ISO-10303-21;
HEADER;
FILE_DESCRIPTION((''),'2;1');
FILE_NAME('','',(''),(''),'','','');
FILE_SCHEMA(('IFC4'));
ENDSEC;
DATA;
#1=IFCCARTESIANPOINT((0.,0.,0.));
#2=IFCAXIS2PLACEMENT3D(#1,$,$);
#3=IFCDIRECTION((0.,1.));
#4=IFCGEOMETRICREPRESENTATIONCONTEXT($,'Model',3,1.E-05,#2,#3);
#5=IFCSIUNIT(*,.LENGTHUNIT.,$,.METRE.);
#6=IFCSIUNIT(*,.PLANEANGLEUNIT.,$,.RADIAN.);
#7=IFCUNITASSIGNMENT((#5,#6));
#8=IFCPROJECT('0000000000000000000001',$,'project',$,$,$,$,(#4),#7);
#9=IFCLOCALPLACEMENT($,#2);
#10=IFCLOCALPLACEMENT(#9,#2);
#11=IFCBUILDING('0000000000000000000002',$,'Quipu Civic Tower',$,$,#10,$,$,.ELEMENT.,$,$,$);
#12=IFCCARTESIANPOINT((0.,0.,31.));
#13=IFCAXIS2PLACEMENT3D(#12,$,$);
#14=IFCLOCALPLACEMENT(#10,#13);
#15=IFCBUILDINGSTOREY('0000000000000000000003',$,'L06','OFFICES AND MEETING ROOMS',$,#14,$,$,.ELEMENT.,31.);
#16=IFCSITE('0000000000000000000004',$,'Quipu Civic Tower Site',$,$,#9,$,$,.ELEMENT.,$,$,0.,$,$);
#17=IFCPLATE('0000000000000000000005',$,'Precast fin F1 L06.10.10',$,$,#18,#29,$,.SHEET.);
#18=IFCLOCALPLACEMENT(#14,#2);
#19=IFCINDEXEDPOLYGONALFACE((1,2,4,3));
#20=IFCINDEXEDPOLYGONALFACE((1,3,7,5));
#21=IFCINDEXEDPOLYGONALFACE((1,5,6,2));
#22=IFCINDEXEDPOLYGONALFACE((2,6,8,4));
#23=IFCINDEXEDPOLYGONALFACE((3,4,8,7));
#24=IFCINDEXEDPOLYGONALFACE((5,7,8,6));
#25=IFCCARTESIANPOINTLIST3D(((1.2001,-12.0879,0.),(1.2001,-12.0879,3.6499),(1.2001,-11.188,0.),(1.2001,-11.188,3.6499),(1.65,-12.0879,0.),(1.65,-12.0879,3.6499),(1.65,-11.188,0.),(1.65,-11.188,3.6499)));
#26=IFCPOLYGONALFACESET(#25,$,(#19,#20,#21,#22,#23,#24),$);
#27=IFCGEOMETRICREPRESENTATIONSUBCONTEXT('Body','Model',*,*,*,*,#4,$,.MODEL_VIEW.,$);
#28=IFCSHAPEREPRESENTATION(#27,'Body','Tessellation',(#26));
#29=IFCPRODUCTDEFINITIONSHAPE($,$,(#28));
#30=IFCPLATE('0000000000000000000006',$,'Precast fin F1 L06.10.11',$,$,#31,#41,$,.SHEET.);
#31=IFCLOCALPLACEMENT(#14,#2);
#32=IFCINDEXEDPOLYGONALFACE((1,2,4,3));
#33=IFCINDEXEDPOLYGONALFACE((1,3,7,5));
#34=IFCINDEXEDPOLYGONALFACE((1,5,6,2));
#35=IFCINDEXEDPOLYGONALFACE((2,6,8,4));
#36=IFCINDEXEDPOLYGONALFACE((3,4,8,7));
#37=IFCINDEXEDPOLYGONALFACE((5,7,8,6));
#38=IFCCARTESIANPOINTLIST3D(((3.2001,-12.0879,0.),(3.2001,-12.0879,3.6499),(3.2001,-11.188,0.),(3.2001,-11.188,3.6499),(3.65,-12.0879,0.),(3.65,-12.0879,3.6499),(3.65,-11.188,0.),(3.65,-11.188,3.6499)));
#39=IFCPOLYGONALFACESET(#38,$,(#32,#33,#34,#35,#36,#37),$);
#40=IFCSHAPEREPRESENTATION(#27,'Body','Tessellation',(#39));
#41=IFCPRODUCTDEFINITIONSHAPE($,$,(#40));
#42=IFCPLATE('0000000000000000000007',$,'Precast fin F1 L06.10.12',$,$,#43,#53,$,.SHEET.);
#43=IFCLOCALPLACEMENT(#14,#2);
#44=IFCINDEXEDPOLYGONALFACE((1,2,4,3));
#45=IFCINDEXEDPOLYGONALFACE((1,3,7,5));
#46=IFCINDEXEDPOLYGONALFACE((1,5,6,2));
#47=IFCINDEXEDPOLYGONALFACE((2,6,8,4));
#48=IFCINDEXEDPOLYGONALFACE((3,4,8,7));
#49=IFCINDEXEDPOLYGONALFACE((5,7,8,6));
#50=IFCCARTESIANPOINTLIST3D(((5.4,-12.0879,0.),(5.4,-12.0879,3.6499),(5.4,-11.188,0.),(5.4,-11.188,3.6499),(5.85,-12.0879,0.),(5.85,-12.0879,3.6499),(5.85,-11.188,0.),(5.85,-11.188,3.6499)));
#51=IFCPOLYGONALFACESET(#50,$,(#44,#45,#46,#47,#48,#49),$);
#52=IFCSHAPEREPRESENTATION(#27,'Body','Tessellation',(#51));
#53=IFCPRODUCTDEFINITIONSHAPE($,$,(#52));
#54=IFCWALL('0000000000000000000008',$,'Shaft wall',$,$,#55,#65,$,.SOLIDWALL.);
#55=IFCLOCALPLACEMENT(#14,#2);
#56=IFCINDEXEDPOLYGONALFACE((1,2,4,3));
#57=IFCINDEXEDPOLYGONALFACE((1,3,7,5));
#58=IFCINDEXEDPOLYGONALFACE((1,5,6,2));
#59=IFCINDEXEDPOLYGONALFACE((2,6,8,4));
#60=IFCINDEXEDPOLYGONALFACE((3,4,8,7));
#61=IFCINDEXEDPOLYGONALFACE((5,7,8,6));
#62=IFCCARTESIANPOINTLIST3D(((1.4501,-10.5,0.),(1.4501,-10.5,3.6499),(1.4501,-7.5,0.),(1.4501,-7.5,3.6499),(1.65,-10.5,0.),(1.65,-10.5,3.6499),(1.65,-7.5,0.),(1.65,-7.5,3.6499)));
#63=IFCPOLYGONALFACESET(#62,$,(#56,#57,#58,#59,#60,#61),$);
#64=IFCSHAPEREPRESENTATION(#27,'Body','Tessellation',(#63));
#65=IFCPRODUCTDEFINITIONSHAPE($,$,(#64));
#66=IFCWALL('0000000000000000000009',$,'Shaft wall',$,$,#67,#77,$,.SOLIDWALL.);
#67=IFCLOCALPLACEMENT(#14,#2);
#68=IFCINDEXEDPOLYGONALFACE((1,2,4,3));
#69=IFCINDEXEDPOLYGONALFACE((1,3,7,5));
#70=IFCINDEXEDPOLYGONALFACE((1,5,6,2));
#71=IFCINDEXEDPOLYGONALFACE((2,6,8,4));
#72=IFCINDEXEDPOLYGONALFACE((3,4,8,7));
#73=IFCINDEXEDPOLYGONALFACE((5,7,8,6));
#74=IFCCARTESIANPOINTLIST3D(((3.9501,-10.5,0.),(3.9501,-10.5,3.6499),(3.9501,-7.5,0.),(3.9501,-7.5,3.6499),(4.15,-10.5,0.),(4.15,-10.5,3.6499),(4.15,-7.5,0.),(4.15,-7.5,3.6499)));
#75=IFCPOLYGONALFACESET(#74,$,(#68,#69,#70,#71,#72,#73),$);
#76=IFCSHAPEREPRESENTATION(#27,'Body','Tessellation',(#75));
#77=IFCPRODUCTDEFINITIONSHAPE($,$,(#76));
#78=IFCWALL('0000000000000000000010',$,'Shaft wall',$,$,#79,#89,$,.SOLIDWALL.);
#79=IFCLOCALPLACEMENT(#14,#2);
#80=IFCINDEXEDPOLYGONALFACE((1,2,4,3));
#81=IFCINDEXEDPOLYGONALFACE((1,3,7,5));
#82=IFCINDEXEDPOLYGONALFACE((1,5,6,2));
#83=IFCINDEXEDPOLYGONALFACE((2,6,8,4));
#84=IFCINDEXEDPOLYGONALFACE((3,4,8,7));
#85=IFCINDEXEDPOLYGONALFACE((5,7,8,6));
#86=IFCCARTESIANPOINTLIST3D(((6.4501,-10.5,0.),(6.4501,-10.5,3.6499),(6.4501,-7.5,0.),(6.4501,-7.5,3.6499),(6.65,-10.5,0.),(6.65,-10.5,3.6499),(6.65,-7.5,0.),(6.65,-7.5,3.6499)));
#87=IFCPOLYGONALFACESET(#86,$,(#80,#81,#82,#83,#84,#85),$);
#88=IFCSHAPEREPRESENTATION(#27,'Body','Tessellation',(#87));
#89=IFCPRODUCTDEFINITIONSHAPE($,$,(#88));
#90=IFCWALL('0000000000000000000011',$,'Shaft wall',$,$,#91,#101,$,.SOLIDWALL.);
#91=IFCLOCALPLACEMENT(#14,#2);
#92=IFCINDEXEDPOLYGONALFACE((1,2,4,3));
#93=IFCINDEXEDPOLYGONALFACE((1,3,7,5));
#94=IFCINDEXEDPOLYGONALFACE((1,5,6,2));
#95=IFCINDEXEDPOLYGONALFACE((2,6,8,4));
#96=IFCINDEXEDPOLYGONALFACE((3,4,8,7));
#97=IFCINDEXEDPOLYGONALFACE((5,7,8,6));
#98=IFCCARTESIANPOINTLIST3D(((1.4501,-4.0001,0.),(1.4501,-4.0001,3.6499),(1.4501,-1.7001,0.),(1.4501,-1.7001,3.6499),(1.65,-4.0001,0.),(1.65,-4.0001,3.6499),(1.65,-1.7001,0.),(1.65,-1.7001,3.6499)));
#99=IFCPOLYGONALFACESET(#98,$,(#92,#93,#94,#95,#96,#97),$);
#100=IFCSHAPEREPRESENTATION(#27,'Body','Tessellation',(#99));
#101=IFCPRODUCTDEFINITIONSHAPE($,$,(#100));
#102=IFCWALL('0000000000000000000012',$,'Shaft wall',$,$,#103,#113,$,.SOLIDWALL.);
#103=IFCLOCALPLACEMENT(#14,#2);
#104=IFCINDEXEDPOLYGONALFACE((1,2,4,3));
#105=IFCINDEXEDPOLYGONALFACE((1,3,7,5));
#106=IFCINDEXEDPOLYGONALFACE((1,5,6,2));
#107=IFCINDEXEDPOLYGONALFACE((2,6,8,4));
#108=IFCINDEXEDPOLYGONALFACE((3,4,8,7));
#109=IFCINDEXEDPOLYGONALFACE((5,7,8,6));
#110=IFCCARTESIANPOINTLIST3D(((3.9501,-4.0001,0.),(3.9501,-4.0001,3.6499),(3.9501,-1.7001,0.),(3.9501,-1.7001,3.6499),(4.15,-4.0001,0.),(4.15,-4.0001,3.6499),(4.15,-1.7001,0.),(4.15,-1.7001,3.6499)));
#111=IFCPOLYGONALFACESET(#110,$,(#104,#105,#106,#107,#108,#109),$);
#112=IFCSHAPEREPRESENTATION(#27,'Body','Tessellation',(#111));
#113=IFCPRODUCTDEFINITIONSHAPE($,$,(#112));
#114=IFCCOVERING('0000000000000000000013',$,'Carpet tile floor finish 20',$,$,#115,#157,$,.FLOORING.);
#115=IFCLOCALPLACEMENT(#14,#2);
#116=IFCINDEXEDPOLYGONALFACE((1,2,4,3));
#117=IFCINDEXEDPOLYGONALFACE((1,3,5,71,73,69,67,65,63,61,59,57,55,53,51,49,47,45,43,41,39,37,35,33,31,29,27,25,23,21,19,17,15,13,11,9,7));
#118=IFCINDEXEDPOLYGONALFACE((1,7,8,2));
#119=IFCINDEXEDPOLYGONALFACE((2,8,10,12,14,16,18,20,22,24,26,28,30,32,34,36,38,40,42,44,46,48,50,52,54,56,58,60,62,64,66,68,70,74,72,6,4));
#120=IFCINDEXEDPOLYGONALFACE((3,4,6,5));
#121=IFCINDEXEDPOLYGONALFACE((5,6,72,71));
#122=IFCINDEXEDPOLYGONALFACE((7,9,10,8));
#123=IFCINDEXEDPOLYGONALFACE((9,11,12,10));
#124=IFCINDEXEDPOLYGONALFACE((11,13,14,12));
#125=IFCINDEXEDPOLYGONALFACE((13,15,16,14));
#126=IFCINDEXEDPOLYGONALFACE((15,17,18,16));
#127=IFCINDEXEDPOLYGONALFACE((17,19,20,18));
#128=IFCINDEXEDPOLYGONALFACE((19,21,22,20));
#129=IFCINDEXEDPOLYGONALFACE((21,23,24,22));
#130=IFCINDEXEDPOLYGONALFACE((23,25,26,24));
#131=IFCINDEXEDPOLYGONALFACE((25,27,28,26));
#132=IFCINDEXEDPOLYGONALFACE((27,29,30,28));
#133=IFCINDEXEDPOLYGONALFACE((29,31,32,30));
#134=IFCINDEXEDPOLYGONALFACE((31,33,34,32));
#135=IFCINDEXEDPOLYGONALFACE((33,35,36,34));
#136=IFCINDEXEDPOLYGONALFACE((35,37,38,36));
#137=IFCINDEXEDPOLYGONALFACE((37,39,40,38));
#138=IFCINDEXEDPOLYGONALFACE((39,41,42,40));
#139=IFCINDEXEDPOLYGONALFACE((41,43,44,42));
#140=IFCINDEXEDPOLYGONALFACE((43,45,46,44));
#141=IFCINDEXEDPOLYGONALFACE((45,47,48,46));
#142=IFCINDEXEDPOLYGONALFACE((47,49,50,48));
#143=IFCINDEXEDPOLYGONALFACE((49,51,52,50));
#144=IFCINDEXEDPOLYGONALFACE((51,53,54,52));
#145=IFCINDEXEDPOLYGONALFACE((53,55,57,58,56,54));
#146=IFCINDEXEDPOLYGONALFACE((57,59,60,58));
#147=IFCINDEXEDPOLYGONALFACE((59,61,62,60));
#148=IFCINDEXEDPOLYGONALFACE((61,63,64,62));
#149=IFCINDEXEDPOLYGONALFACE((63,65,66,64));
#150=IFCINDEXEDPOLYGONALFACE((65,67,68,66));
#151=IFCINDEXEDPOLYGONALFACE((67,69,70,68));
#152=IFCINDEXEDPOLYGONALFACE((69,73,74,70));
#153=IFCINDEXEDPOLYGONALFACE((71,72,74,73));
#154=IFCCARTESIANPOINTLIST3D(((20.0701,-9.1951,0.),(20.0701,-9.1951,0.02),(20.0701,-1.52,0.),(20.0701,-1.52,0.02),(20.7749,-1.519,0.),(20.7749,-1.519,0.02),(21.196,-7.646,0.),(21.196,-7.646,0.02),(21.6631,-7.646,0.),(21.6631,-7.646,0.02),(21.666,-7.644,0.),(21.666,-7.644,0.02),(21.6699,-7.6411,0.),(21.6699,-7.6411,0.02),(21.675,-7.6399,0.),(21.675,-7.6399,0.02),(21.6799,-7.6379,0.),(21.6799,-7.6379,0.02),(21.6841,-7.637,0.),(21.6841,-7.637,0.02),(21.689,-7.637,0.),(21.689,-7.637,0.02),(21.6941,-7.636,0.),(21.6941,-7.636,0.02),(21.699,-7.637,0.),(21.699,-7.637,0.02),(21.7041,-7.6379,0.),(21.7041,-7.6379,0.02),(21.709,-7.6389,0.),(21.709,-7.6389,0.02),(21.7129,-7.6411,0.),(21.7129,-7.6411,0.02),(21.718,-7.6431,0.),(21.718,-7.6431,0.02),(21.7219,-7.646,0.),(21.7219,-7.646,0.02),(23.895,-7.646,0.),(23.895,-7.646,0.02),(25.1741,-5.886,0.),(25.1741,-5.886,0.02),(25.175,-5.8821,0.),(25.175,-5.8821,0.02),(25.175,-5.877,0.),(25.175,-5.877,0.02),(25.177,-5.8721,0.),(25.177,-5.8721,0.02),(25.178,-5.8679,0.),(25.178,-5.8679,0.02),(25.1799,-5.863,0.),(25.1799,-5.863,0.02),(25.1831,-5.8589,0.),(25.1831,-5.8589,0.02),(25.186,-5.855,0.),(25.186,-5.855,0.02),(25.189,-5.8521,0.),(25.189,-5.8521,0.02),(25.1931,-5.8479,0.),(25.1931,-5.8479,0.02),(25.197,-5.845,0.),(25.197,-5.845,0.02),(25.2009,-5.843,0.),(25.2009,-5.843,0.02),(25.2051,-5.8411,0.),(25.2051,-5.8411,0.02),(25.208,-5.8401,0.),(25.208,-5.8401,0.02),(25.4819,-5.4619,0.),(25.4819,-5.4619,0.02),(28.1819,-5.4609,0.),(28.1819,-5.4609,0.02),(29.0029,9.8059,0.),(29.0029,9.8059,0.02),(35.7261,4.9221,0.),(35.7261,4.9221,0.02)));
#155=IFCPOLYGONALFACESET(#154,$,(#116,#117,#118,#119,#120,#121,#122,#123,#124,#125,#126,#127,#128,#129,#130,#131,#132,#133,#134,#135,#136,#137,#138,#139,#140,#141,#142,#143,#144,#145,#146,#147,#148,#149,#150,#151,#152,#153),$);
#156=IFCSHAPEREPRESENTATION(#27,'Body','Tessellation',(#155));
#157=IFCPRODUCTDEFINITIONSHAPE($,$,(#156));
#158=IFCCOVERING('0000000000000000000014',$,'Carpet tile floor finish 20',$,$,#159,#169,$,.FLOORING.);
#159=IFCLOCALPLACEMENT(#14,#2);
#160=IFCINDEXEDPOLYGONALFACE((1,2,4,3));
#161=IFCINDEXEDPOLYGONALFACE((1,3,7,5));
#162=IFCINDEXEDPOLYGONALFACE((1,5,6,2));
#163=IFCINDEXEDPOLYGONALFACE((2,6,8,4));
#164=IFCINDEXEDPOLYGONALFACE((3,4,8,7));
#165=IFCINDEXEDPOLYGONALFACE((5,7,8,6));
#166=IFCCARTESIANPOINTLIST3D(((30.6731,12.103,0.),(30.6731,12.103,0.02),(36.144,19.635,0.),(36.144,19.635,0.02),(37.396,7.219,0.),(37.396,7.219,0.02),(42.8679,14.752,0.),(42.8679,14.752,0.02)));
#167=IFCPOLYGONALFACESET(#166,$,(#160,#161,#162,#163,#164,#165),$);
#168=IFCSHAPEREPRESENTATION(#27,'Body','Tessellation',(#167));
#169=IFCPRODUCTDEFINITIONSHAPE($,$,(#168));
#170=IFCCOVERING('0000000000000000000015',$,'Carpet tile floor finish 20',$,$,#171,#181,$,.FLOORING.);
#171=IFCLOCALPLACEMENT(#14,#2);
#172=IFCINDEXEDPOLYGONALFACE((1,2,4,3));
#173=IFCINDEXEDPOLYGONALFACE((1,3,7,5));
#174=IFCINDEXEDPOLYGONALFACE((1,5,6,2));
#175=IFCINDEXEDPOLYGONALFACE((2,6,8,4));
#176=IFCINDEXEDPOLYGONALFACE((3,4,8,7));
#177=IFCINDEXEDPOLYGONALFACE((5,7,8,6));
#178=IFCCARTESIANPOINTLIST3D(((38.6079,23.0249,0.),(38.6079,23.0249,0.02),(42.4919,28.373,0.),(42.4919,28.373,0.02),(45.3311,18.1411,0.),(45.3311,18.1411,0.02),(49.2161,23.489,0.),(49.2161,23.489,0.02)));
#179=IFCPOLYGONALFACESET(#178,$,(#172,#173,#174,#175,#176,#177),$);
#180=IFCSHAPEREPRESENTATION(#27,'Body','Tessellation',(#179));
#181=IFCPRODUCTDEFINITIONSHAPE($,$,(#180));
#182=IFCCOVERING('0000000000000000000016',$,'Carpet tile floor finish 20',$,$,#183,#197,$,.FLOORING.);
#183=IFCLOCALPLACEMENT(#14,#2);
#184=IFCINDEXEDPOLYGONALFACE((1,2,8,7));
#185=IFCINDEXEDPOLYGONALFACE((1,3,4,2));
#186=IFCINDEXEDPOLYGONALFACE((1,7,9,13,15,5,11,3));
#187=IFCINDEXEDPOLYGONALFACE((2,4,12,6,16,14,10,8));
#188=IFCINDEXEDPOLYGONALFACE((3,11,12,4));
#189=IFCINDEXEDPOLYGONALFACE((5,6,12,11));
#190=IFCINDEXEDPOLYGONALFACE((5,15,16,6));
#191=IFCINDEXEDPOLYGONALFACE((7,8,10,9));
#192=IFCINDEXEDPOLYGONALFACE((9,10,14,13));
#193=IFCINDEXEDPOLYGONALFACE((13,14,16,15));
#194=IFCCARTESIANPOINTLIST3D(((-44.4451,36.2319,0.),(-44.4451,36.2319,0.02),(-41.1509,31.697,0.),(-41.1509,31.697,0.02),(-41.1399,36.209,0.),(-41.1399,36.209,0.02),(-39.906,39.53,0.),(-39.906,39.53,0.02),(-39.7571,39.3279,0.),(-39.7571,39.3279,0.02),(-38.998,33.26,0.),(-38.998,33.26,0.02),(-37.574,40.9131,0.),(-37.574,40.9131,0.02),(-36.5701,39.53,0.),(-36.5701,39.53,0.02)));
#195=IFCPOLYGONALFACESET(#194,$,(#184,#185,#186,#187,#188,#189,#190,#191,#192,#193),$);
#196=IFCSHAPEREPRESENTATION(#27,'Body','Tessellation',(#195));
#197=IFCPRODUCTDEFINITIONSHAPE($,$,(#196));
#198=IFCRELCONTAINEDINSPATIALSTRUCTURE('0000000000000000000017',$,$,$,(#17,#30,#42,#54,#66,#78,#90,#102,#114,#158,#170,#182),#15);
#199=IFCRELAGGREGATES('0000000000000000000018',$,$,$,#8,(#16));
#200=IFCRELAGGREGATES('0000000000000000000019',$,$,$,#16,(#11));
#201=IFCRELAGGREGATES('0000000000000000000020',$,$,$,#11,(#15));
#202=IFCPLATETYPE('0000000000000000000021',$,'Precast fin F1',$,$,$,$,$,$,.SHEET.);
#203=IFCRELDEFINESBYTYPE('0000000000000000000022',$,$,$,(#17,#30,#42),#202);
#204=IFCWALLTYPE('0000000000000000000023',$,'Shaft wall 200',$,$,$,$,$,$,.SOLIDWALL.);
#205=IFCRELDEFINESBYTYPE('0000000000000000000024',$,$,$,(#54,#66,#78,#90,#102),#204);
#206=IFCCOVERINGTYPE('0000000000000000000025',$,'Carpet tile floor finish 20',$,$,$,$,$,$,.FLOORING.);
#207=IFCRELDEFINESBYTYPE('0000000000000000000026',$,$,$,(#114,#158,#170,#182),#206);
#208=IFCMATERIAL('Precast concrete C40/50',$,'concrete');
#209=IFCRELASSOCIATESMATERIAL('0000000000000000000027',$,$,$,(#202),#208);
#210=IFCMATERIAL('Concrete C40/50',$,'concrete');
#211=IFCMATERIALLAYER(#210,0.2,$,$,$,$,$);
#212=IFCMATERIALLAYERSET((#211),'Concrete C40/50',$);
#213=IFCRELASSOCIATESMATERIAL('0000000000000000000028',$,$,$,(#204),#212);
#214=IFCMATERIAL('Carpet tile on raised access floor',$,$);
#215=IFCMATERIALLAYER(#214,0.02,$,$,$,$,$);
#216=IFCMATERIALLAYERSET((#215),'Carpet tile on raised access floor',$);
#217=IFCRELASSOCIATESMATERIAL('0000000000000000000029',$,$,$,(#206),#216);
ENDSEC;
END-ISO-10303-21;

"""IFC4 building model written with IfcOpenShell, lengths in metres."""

from ifc_helpers import new_model, si_unit, direction, frame, frame_2d, origin, origin_2d, place, context, subcontext, project, spatial, polyline, rectangle, outline, extrude, material, layer, layer_set, type_object, element, save


model = new_model("IFC4")

# Units and contexts
model_context = context("Model", 3, precision=1e-05, world=origin(), true_north=direction((0.0, 1.0)))
body_context = subcontext(model_context, "Body", "Model", "MODEL_VIEW")
ifc_project = project(units=[si_unit("LENGTHUNIT", "METRE"), si_unit("PLANEANGLEUNIT", "RADIAN")], contexts=[model_context])

# Site, building, storey
site_placement = place(None, origin())
site = spatial("IfcSite", under=ifc_project, at=site_placement, Name="Quipu Civic Tower Site", CompositionType="ELEMENT", RefElevation=0.0)
building_placement = place(site_placement, origin())
building = spatial("IfcBuilding", under=site, at=building_placement, Name="Quipu Civic Tower", CompositionType="ELEMENT")
storey_placement = place(building_placement, frame((0.0, 0.0, 31.0)))
storey = spatial("IfcBuildingStorey", under=building, at=storey_placement, Name="L06", Description="OFFICES AND MEETING ROOMS", CompositionType="ELEMENT", Elevation=31.0)

# Plates
ifc_material_1 = material(Name="Precast concrete C40/50", Category="concrete")
plate_type = type_object("IfcPlateType", Name="Precast fin F1", PredefinedType="SHEET", material=ifc_material_1)
for number, where, z_axis, x_axis, name in (
    (1, (1.425, -11.6379, 0.0), (0.0, 0.0, 1.0), (1.0, 0.0, 0.0), "Precast fin F1 L06.10.10"),
    (2, (3.425, -11.6379, 0.0), (0.0, 0.0, 1.0), (1.0, 0.0, 0.0), "Precast fin F1 L06.10.11"),
    (3, (5.625, -11.6379, 0.0), (0.0, 0.0, 1.0), (1.0, 0.0, 0.0), "Precast fin F1 L06.10.12"),
):
    element("IfcPlate", number, at=place(storey_placement, frame(where, z_axis=z_axis, x_axis=x_axis)), inside=storey, type_object=plate_type, Name=name, PredefinedType="SHEET", context=body_context, shape_type="SweptSolid", body=[
        extrude(rectangle(XDim=0.45, YDim=0.8999, at=origin_2d()), origin(), (0.0, 0.0, 1.0), 3.6499),
    ])

# Walls
ifc_material_2 = material(Name="Concrete C40/50", Category="concrete")
ifc_layer_1 = layer(ifc_material_2, 0.2)
ifc_layer_set_1 = layer_set([ifc_layer_1], Name="Concrete C40/50")
wall_type = type_object("IfcWallType", Name="Shaft wall 200", PredefinedType="SOLIDWALL", material=ifc_layer_set_1)
for number, where, z_axis, x_axis, name in (
    (4, (1.55, -10.5, 0.0), (0.0, 0.0, 1.0), (0.0, 1.0, 0.0), "Shaft wall"),
    (5, (4.05, -10.5, 0.0), (0.0, 0.0, 1.0), (0.0, 1.0, 0.0), "Shaft wall"),
    (6, (6.55, -10.5, 0.0), (0.0, 0.0, 1.0), (0.0, 1.0, 0.0), "Shaft wall"),
):
    element("IfcWall", number, at=place(storey_placement, frame(where, z_axis=z_axis, x_axis=x_axis)), inside=storey, type_object=wall_type, Name=name, PredefinedType="SOLIDWALL", context=body_context, shape_type="SweptSolid", body=[
        extrude(rectangle(XDim=3.0, YDim=0.2, at=frame_2d((1.5, 0.0))), origin(), (0.0, 0.0, 1.0), 3.6499),
    ])
for number, where, z_axis, x_axis, name in (
    (7, (1.55, -4.0, 0.0), (0.0, 0.0, 1.0), (0.0, 1.0, 0.0), "Shaft wall"),
    (8, (4.05, -4.0, 0.0), (0.0, 0.0, 1.0), (0.0, 1.0, 0.0), "Shaft wall"),
):
    element("IfcWall", number, at=place(storey_placement, frame(where, z_axis=z_axis, x_axis=x_axis)), inside=storey, type_object=wall_type, Name=name, PredefinedType="SOLIDWALL", context=body_context, shape_type="SweptSolid", body=[
        extrude(rectangle(XDim=2.3, YDim=0.2, at=frame_2d((1.1499, 0.0))), origin(), (0.0, 0.0, 1.0), 3.6499),
    ])

# Coverings
ifc_material_3 = material(Name="Carpet tile on raised access floor")
ifc_layer_2 = layer(ifc_material_3, 0.02)
ifc_layer_set_2 = layer_set([ifc_layer_2], Name="Carpet tile on raised access floor")
covering_type = type_object("IfcCoveringType", Name="Carpet tile floor finish 20", PredefinedType="FLOORING", material=ifc_layer_set_2)
covering_1_placement = place(storey_placement, origin())
element("IfcCovering", 9, at=covering_1_placement, inside=storey, type_object=covering_type, Name="Carpet tile floor finish 20", PredefinedType="FLOORING", context=body_context, shape_type="SweptSolid", body=[
    extrude(outline(polyline([(20.0701, -9.1951), (20.0701, -1.52), (20.7749, -1.519), (29.0029, 9.8059), (35.7261, 4.9221), (28.1819, -5.4609), (25.4819, -5.4619), (25.208, -5.8401), (25.2051, -5.8411), (25.2009, -5.843), (25.197, -5.845), (25.1931, -5.8479), (25.189, -5.8521), (25.186, -5.855), (25.1831, -5.8589), (25.1799, -5.863), (25.178, -5.8679), (25.177, -5.8721), (25.175, -5.877), (25.175, -5.8821), (25.1741, -5.886), (23.895, -7.646), (21.7219, -7.646), (21.7219, -7.646), (21.718, -7.6431), (21.7129, -7.6411), (21.709, -7.6389), (21.7041, -7.6379), (21.699, -7.637), (21.6941, -7.636), (21.689, -7.637), (21.6841, -7.637), (21.6799, -7.6379), (21.675, -7.6399), (21.6699, -7.6411), (21.666, -7.644), (21.6631, -7.646), (21.196, -7.646), (20.0701, -9.1951)])), origin(), (0.0, 0.0, 1.0), 0.02),
])
covering_2_placement = place(storey_placement, origin())
element("IfcCovering", 10, at=covering_2_placement, inside=storey, type_object=covering_type, Name="Carpet tile floor finish 20", PredefinedType="FLOORING", context=body_context, shape_type="SweptSolid", body=[
    extrude(outline(polyline([(30.6731, 12.103), (36.144, 19.635), (42.8679, 14.752), (37.396, 7.219), (30.6731, 12.103)])), origin(), (0.0, 0.0, 1.0), 0.02),
])
covering_3_placement = place(storey_placement, origin())
element("IfcCovering", 11, at=covering_3_placement, inside=storey, type_object=covering_type, Name="Carpet tile floor finish 20", PredefinedType="FLOORING", context=body_context, shape_type="SweptSolid", body=[
    extrude(outline(polyline([(38.6079, 23.0249), (42.4919, 28.373), (49.2161, 23.489), (45.3311, 18.1411), (38.6079, 23.0249)])), origin(), (0.0, 0.0, 1.0), 0.02),
])
covering_4_placement = place(storey_placement, origin())
element("IfcCovering", 12, at=covering_4_placement, inside=storey, type_object=covering_type, Name="Carpet tile floor finish 20", PredefinedType="FLOORING", context=body_context, shape_type="SweptSolid", body=[
    extrude(outline(polyline([(-44.4451, 36.2319), (-39.906, 39.53), (-39.7571, 39.3279), (-37.574, 40.9131), (-36.5701, 39.53), (-41.1399, 36.209), (-38.998, 33.26), (-41.1509, 31.697), (-44.4451, 36.2319)])), origin(), (0.0, 0.0, 1.0), 0.02),
])

save(model, "model.ifc")
